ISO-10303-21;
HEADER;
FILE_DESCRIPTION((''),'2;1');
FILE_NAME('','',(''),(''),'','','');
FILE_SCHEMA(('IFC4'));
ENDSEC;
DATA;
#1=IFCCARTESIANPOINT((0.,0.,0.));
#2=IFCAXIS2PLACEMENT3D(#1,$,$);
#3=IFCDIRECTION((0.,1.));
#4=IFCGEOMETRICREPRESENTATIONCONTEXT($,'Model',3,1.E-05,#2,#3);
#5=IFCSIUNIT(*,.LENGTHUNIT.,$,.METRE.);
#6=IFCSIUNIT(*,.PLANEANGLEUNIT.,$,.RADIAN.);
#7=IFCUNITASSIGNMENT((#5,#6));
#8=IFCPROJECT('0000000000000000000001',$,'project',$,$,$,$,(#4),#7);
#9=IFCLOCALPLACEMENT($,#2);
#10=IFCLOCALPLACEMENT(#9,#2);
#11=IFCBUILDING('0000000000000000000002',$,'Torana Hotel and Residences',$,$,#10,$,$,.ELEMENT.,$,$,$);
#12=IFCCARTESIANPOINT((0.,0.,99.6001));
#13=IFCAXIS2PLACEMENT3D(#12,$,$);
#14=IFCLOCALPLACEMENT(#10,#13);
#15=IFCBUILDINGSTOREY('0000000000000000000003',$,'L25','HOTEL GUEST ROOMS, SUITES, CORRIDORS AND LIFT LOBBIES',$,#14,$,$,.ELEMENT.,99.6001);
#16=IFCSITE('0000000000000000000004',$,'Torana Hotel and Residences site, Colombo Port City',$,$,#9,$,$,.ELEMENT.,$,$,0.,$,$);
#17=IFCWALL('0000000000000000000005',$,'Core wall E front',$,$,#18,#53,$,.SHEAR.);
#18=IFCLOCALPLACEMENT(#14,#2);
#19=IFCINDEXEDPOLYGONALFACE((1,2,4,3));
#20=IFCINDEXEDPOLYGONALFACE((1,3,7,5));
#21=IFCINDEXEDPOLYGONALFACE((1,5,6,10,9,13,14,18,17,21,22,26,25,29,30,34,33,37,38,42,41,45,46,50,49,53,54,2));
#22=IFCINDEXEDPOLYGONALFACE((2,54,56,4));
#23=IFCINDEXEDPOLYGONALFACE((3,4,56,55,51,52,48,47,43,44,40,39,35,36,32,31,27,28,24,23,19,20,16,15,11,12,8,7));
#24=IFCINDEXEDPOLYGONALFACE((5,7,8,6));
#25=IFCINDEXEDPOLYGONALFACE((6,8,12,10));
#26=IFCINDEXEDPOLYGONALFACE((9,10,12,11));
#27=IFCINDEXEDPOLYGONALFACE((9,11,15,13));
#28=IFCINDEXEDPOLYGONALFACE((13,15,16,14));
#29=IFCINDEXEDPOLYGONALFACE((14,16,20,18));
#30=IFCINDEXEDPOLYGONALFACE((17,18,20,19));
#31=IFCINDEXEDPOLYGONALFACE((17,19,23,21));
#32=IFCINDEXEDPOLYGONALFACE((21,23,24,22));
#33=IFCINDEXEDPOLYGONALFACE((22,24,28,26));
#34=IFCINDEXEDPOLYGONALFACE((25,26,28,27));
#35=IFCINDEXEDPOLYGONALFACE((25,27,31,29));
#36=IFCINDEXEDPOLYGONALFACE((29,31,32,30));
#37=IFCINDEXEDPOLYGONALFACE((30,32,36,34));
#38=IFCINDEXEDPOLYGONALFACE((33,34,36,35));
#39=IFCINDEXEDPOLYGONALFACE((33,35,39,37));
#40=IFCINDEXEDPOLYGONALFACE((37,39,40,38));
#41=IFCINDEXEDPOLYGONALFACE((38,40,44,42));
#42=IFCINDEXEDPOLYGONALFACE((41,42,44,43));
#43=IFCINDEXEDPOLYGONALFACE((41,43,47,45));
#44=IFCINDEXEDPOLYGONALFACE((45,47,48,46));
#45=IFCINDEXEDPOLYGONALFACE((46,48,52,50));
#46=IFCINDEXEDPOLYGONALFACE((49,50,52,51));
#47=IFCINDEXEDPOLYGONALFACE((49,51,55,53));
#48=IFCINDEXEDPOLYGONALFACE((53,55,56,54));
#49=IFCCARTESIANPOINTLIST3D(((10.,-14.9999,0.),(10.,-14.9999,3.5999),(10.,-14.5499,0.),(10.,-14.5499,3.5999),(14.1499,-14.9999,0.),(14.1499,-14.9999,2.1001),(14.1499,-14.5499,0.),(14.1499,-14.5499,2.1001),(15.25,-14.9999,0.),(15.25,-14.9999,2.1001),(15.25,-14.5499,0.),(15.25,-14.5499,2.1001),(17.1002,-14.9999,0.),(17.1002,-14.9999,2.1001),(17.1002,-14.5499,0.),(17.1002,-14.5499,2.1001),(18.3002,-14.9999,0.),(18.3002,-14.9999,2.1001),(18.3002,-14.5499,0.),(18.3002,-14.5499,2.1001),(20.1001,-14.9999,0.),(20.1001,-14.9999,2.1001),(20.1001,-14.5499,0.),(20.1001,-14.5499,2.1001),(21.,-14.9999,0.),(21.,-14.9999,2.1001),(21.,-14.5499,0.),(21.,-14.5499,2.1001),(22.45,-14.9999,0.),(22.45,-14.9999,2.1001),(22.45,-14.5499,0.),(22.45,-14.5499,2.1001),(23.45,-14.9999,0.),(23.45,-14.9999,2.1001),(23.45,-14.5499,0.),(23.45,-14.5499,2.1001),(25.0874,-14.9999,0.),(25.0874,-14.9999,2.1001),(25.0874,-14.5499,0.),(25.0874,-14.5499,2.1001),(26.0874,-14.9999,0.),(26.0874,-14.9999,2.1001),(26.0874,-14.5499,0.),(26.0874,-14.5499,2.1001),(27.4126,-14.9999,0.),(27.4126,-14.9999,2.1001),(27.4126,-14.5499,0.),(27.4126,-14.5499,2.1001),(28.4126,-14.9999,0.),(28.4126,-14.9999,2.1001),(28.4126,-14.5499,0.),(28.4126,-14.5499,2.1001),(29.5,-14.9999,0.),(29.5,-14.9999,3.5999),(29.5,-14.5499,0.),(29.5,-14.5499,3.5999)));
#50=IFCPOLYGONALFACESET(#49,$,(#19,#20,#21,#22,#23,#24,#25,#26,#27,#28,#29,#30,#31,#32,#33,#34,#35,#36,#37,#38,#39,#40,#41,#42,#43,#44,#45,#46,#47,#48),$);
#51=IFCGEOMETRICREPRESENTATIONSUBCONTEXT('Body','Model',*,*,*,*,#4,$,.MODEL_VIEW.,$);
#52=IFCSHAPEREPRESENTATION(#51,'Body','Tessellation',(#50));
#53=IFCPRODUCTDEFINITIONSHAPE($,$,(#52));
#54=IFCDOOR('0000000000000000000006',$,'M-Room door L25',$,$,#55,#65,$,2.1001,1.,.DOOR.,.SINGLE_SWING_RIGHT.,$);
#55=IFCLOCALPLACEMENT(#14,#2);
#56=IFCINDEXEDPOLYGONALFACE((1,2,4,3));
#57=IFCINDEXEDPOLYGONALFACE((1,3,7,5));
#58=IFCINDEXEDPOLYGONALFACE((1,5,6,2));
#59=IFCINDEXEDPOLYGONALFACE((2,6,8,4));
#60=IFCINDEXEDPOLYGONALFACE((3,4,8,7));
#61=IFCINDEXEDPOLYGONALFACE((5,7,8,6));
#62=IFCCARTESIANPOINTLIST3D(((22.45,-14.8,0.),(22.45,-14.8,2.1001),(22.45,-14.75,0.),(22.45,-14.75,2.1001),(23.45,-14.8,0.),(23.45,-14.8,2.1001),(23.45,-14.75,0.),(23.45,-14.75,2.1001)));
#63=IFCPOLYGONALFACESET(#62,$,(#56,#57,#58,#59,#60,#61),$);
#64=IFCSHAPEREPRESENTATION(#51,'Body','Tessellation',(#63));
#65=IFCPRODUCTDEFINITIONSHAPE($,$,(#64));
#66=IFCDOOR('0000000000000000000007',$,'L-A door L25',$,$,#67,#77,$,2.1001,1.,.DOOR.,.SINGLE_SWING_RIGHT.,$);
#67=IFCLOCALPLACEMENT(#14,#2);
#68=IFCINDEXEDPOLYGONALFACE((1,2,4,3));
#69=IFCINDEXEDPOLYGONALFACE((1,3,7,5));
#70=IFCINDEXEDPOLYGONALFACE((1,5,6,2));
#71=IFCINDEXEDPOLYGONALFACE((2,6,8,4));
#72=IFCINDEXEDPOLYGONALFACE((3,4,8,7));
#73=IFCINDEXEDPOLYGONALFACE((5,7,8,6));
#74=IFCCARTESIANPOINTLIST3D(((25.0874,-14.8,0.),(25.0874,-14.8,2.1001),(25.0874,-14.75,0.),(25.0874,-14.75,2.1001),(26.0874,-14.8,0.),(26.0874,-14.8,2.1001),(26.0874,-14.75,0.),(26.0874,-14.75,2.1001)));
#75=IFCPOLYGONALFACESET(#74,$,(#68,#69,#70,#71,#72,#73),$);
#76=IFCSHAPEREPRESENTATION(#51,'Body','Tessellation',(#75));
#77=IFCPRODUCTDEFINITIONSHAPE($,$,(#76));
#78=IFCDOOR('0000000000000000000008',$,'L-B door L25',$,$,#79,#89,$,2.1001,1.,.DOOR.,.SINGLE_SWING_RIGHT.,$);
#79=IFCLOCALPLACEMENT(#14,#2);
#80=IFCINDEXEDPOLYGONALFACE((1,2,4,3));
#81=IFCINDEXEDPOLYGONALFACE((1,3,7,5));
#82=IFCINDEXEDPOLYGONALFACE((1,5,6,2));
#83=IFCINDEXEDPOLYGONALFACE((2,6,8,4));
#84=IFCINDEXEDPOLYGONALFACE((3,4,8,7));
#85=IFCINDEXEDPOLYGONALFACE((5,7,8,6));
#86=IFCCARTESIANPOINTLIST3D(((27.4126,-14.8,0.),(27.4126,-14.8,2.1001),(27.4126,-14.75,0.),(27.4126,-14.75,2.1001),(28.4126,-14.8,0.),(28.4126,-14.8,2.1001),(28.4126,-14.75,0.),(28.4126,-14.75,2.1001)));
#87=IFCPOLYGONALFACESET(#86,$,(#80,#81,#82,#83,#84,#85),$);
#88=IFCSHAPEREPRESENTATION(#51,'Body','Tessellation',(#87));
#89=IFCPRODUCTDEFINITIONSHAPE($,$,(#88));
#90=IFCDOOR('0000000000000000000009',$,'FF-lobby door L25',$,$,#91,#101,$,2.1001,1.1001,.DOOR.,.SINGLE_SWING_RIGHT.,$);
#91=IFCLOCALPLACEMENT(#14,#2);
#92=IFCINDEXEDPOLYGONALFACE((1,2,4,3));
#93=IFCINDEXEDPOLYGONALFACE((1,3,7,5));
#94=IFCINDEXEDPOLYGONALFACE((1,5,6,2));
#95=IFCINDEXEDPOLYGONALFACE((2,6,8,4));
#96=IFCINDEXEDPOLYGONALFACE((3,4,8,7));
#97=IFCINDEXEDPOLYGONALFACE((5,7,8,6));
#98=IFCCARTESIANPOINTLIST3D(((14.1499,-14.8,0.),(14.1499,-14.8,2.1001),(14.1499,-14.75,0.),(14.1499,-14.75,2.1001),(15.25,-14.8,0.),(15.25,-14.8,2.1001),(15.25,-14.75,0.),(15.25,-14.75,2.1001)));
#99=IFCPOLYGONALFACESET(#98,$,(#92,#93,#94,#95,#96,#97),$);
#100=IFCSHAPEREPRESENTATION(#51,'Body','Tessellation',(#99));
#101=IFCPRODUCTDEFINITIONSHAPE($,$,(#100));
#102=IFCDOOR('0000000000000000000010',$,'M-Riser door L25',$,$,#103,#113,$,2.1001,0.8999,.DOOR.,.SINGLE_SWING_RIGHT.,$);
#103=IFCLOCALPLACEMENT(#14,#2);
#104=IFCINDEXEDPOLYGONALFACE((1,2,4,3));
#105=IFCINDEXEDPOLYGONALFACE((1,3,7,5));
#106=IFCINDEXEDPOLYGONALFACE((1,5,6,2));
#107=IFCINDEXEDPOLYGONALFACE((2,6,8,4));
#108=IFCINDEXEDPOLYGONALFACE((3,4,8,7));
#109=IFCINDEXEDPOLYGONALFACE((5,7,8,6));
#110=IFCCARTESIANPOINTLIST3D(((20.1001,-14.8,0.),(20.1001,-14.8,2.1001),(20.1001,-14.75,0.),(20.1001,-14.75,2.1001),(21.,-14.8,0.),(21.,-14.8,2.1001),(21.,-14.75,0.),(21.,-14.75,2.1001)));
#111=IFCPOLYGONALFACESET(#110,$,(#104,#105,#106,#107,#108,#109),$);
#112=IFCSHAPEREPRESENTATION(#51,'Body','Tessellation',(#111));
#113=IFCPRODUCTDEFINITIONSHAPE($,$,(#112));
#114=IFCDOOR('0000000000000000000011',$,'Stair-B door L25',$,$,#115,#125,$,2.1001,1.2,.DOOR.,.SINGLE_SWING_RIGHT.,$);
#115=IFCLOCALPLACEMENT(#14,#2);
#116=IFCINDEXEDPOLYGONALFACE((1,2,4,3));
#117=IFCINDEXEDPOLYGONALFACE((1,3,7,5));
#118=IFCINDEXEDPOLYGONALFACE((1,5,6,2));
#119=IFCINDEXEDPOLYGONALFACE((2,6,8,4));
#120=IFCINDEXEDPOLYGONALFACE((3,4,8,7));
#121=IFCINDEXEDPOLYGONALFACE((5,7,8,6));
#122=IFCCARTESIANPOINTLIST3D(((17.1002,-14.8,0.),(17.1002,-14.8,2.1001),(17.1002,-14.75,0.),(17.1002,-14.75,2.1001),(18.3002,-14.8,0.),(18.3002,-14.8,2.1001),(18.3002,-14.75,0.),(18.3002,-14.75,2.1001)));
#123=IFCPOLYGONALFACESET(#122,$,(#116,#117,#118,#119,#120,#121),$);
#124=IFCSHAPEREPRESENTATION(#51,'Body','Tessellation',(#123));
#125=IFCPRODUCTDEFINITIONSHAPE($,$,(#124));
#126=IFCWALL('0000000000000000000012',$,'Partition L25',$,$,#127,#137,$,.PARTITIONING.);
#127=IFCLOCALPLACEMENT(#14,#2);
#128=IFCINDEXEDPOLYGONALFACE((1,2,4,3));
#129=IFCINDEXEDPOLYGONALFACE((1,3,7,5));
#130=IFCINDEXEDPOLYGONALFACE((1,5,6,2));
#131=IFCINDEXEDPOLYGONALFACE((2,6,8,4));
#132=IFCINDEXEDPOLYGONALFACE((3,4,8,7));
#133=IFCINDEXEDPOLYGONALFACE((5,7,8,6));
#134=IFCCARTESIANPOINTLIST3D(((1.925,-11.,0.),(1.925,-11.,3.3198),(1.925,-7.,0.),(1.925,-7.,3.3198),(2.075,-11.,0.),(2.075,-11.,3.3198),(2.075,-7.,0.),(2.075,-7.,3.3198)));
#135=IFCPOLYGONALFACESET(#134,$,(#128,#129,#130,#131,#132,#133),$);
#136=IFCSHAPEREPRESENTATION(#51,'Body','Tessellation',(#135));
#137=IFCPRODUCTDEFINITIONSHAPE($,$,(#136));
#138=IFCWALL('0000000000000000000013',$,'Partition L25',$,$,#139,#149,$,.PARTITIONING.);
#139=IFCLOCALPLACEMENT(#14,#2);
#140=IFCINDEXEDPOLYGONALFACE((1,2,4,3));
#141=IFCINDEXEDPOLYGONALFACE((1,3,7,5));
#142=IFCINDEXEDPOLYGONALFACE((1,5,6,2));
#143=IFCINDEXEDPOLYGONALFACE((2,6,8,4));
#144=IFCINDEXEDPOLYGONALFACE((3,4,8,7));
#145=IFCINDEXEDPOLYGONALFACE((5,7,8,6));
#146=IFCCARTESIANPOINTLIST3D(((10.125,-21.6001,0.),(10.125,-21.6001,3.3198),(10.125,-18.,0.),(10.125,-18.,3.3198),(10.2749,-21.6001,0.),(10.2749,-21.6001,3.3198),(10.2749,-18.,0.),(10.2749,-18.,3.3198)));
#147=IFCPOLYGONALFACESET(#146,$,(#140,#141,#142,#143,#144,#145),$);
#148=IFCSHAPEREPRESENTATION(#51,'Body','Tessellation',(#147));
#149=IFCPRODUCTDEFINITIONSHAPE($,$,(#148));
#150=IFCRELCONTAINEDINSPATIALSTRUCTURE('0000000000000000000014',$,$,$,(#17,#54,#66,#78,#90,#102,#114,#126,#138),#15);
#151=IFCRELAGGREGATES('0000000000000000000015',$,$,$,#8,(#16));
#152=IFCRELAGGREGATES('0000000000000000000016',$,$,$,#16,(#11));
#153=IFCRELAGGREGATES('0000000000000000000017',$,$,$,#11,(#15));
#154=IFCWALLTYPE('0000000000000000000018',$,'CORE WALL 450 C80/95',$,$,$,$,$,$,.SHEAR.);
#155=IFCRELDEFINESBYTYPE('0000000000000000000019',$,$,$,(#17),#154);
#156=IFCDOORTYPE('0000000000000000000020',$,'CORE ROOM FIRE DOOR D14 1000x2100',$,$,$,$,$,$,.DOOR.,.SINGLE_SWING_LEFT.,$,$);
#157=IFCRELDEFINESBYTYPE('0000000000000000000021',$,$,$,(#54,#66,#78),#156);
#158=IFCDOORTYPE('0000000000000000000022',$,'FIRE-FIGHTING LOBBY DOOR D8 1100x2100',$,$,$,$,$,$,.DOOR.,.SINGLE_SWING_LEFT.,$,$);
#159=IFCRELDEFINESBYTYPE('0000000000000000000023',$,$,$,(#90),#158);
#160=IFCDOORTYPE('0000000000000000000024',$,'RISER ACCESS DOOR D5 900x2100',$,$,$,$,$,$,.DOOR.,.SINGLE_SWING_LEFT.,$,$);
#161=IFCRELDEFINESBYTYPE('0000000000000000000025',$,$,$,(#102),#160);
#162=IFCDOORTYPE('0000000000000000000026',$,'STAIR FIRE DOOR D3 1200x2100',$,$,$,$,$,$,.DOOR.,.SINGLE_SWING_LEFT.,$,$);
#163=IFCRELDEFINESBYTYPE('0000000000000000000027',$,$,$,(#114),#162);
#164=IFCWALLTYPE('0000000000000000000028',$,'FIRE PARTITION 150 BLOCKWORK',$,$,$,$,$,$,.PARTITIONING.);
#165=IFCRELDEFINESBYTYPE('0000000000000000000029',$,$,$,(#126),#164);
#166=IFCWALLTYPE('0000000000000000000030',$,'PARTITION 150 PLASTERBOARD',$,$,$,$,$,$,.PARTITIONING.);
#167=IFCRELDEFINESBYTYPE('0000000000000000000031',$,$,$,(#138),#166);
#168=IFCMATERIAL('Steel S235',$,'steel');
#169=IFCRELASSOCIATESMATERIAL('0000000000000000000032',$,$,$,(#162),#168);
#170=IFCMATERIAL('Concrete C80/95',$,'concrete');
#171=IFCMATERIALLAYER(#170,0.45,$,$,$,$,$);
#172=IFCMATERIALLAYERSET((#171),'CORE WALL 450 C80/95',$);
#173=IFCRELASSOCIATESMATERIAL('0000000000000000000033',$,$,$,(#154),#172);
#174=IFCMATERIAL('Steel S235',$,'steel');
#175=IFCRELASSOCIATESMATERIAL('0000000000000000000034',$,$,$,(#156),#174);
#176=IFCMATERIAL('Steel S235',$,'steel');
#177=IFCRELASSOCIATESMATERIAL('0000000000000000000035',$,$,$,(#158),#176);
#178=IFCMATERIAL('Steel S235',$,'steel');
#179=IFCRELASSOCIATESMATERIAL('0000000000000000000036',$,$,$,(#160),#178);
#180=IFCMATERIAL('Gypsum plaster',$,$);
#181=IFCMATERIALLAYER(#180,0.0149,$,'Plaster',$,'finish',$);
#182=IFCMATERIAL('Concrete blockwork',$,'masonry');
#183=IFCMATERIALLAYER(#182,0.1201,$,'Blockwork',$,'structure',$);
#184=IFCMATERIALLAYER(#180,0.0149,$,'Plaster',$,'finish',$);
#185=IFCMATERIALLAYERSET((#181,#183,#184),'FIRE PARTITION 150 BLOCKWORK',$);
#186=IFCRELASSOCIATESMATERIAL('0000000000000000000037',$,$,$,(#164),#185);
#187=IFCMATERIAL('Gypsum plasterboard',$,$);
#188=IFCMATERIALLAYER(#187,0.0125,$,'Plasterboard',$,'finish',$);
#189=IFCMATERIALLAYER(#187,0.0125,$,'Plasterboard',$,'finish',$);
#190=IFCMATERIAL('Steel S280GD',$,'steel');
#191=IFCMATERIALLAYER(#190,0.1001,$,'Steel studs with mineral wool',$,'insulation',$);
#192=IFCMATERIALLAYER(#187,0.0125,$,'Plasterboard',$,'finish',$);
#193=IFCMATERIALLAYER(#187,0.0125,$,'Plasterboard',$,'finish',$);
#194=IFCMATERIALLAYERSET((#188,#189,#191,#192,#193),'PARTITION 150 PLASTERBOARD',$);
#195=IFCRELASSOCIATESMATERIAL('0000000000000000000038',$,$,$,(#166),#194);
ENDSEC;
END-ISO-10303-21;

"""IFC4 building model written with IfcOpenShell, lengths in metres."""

from ifc_helpers import new_model, si_unit, direction, frame, frame_2d, origin, place, context, subcontext, project, spatial, rectangle, extrude, material, layer, layer_set, type_object, element, fill, save


model = new_model("IFC4")

# Units and contexts
model_context = context("Model", 3, precision=1e-05, world=origin(), true_north=direction((0.0, 1.0)))
body_context = subcontext(model_context, "Body", "Model", "MODEL_VIEW")
ifc_project = project(units=[si_unit("LENGTHUNIT", "METRE"), si_unit("PLANEANGLEUNIT", "RADIAN")], contexts=[model_context])

# Site, building, storey
site_placement = place(None, origin())
site = spatial("IfcSite", under=ifc_project, at=site_placement, Name="Torana Hotel and Residences site, Colombo Port City", CompositionType="ELEMENT", RefElevation=0.0)
building_placement = place(site_placement, origin())
building = spatial("IfcBuilding", under=site, at=building_placement, Name="Torana Hotel and Residences", CompositionType="ELEMENT")
storey_placement = place(building_placement, frame((0.0, 0.0, 99.6001)))
storey = spatial("IfcBuildingStorey", under=building, at=storey_placement, Name="L25", Description="HOTEL GUEST ROOMS, SUITES, CORRIDORS AND LIFT LOBBIES", CompositionType="ELEMENT", Elevation=99.6001)

# Wall, openings, doors
ifc_material_1 = material(Name="Steel S235", Category="steel")
door_type_1 = type_object("IfcDoorType", Name="STAIR FIRE DOOR D3 1200x2100", OperationType="SINGLE_SWING_LEFT", PredefinedType="DOOR", material=ifc_material_1)
ifc_material_2 = material(Name="Concrete C80/95", Category="concrete")
ifc_layer_1 = layer(ifc_material_2, 0.45)
ifc_layer_set_1 = layer_set([ifc_layer_1], Name="CORE WALL 450 C80/95")
wall_type_1 = type_object("IfcWallType", Name="CORE WALL 450 C80/95", PredefinedType="SHEAR", material=ifc_layer_set_1)
wall_1_placement = place(storey_placement, frame((10.0, -14.7749, 0.0), z_axis=(0.0, 0.0, 1.0), x_axis=(1.0, 0.0, 0.0)))
wall_1 = element("IfcWall", 1, at=wall_1_placement, inside=storey, type_object=wall_type_1, Name="Core wall E front", PredefinedType="SHEAR", context=body_context, shape_type="SweptSolid", body=[
    extrude(rectangle(XDim=19.5, YDim=0.45, at=frame_2d((9.75, 0.0))), origin(), (0.0, 0.0, 1.0), 3.5999),
])
opening_1_placement = place(wall_1_placement, frame((7.1001, 0.0, 0.0)))
opening_1 = element("IfcOpeningElement", 2, at=opening_1_placement, cuts=wall_1, PredefinedType="OPENING", context=body_context, shape_type="SweptSolid", body=[
    extrude(rectangle(XDim=1.2, YDim=2.1001, at=frame_2d((0.6001, 1.05))), frame((0.0, 0.2349, 0.0), z_axis=(0.0, -1.0, 0.0), x_axis=(1.0, 0.0, 0.0)), (0.0, 0.0, 1.0), 0.47),
])
opening_2_placement = place(wall_1_placement, frame((4.1499, 0.0, 0.0)))
opening_2 = element("IfcOpeningElement", 3, at=opening_2_placement, cuts=wall_1, PredefinedType="OPENING", context=body_context, shape_type="SweptSolid", body=[
    extrude(rectangle(XDim=1.1001, YDim=2.1001, at=frame_2d((0.55, 1.05))), frame((0.0, 0.2349, 0.0), z_axis=(0.0, -1.0, 0.0), x_axis=(1.0, 0.0, 0.0)), (0.0, 0.0, 1.0), 0.47),
])
opening_3_placement = place(wall_1_placement, frame((10.1001, 0.0, 0.0)))
opening_3 = element("IfcOpeningElement", 4, at=opening_3_placement, cuts=wall_1, PredefinedType="OPENING", context=body_context, shape_type="SweptSolid", body=[
    extrude(rectangle(XDim=0.8999, YDim=2.1001, at=frame_2d((0.45, 1.05))), frame((0.0, 0.2349, 0.0), z_axis=(0.0, -1.0, 0.0), x_axis=(1.0, 0.0, 0.0)), (0.0, 0.0, 1.0), 0.47),
])
opening_4_placement = place(wall_1_placement, frame((12.45, 0.0, 0.0)))
opening_4 = element("IfcOpeningElement", 5, at=opening_4_placement, cuts=wall_1, PredefinedType="OPENING", context=body_context, shape_type="SweptSolid", body=[
    extrude(rectangle(XDim=1.0, YDim=2.1001, at=frame_2d((0.5, 1.05))), frame((0.0, 0.2349, 0.0), z_axis=(0.0, -1.0, 0.0), x_axis=(1.0, 0.0, 0.0)), (0.0, 0.0, 1.0), 0.47),
])
opening_5_placement = place(wall_1_placement, frame((15.0874, 0.0, 0.0)))
opening_5 = element("IfcOpeningElement", 6, at=opening_5_placement, cuts=wall_1, PredefinedType="OPENING", context=body_context, shape_type="SweptSolid", body=[
    extrude(rectangle(XDim=1.0, YDim=2.1001, at=frame_2d((0.5, 1.05))), frame((0.0, 0.2349, 0.0), z_axis=(0.0, -1.0, 0.0), x_axis=(1.0, 0.0, 0.0)), (0.0, 0.0, 1.0), 0.47),
])
opening_6_placement = place(wall_1_placement, frame((17.4126, 0.0, 0.0)))
opening_6 = element("IfcOpeningElement", 7, at=opening_6_placement, cuts=wall_1, PredefinedType="OPENING", context=body_context, shape_type="SweptSolid", body=[
    extrude(rectangle(XDim=1.0, YDim=2.1001, at=frame_2d((0.5, 1.05))), frame((0.0, 0.2349, 0.0), z_axis=(0.0, -1.0, 0.0), x_axis=(1.0, 0.0, 0.0)), (0.0, 0.0, 1.0), 0.47),
])
ifc_material_3 = material(Name="Steel S235", Category="steel")
door_type_2 = type_object("IfcDoorType", Name="CORE ROOM FIRE DOOR D14 1000x2100", OperationType="SINGLE_SWING_LEFT", PredefinedType="DOOR", material=ifc_material_3)
door_1_placement = place(opening_4_placement, origin())
door_1 = element("IfcDoor", 8, at=door_1_placement, inside=storey, type_object=door_type_2, Name="M-Room door L25", OperationType="SINGLE_SWING_RIGHT", OverallHeight=2.1001, OverallWidth=1.0, PredefinedType="DOOR", context=body_context, shape_type="SweptSolid", body=[
    extrude(rectangle(XDim=1.0, YDim=2.1001, at=frame_2d((0.5, 1.05))), frame((0.0, 0.0249, 0.0), z_axis=(0.0, -1.0, 0.0), x_axis=(1.0, 0.0, 0.0)), (0.0, 0.0, 1.0), 0.05),
])
fill(opening_4, door_1)
door_2_placement = place(opening_5_placement, origin())
door_2 = element("IfcDoor", 9, at=door_2_placement, inside=storey, type_object=door_type_2, Name="L-A door L25", OperationType="SINGLE_SWING_RIGHT", OverallHeight=2.1001, OverallWidth=1.0, PredefinedType="DOOR", context=body_context, shape_type="SweptSolid", body=[
    extrude(rectangle(XDim=1.0, YDim=2.1001, at=frame_2d((0.5, 1.05))), frame((0.0, 0.0249, 0.0), z_axis=(0.0, -1.0, 0.0), x_axis=(1.0, 0.0, 0.0)), (0.0, 0.0, 1.0), 0.05),
])
fill(opening_5, door_2)
door_3_placement = place(opening_6_placement, origin())
door_3 = element("IfcDoor", 10, at=door_3_placement, inside=storey, type_object=door_type_2, Name="L-B door L25", OperationType="SINGLE_SWING_RIGHT", OverallHeight=2.1001, OverallWidth=1.0, PredefinedType="DOOR", context=body_context, shape_type="SweptSolid", body=[
    extrude(rectangle(XDim=1.0, YDim=2.1001, at=frame_2d((0.5, 1.05))), frame((0.0, 0.0249, 0.0), z_axis=(0.0, -1.0, 0.0), x_axis=(1.0, 0.0, 0.0)), (0.0, 0.0, 1.0), 0.05),
])
fill(opening_6, door_3)
ifc_material_4 = material(Name="Steel S235", Category="steel")
door_type_3 = type_object("IfcDoorType", Name="FIRE-FIGHTING LOBBY DOOR D8 1100x2100", OperationType="SINGLE_SWING_LEFT", PredefinedType="DOOR", material=ifc_material_4)
door_4_placement = place(opening_2_placement, origin())
door_4 = element("IfcDoor", 11, at=door_4_placement, inside=storey, type_object=door_type_3, Name="FF-lobby door L25", OperationType="SINGLE_SWING_RIGHT", OverallHeight=2.1001, OverallWidth=1.1001, PredefinedType="DOOR", context=body_context, shape_type="SweptSolid", body=[
    extrude(rectangle(XDim=1.1001, YDim=2.1001, at=frame_2d((0.55, 1.05))), frame((0.0, 0.0249, 0.0), z_axis=(0.0, -1.0, 0.0), x_axis=(1.0, 0.0, 0.0)), (0.0, 0.0, 1.0), 0.05),
])
fill(opening_2, door_4)
ifc_material_5 = material(Name="Steel S235", Category="steel")
door_type_4 = type_object("IfcDoorType", Name="RISER ACCESS DOOR D5 900x2100", OperationType="SINGLE_SWING_LEFT", PredefinedType="DOOR", material=ifc_material_5)
door_5_placement = place(opening_3_placement, origin())
door_5 = element("IfcDoor", 12, at=door_5_placement, inside=storey, type_object=door_type_4, Name="M-Riser door L25", OperationType="SINGLE_SWING_RIGHT", OverallHeight=2.1001, OverallWidth=0.8999, PredefinedType="DOOR", context=body_context, shape_type="SweptSolid", body=[
    extrude(rectangle(XDim=0.8999, YDim=2.1001, at=frame_2d((0.45, 1.05))), frame((0.0, 0.0249, 0.0), z_axis=(0.0, -1.0, 0.0), x_axis=(1.0, 0.0, 0.0)), (0.0, 0.0, 1.0), 0.05),
])
fill(opening_3, door_5)
door_6_placement = place(opening_1_placement, origin())
door_6 = element("IfcDoor", 13, at=door_6_placement, inside=storey, type_object=door_type_1, Name="Stair-B door L25", OperationType="SINGLE_SWING_RIGHT", OverallHeight=2.1001, OverallWidth=1.2, PredefinedType="DOOR", context=body_context, shape_type="SweptSolid", body=[
    extrude(rectangle(XDim=1.2, YDim=2.1001, at=frame_2d((0.6001, 1.05))), frame((0.0, 0.0249, 0.0), z_axis=(0.0, -1.0, 0.0), x_axis=(1.0, 0.0, 0.0)), (0.0, 0.0, 1.0), 0.05),
])
fill(opening_1, door_6)

# Walls
ifc_material_6 = material(Name="Gypsum plaster")
ifc_layer_2 = layer(ifc_material_6, 0.0149, Name="Plaster", Category="finish")
ifc_material_7 = material(Name="Concrete blockwork", Category="masonry")
ifc_layer_3 = layer(ifc_material_7, 0.1201, Name="Blockwork", Category="structure")
ifc_layer_4 = layer(ifc_material_6, 0.0149, Name="Plaster", Category="finish")
ifc_layer_set_2 = layer_set([ifc_layer_2, ifc_layer_3, ifc_layer_4], Name="FIRE PARTITION 150 BLOCKWORK")
wall_type_2 = type_object("IfcWallType", Name="FIRE PARTITION 150 BLOCKWORK", PredefinedType="PARTITIONING", material=ifc_layer_set_2)
wall_2_placement = place(storey_placement, frame((2.0, -11.0, 0.0), z_axis=(0.0, 0.0, 1.0), x_axis=(0.0, 1.0, 0.0)))
element("IfcWall", 14, at=wall_2_placement, inside=storey, type_object=wall_type_2, Name="Partition L25", PredefinedType="PARTITIONING", context=body_context, shape_type="SweptSolid", body=[
    extrude(rectangle(XDim=4.0, YDim=0.1499, at=frame_2d((2.0, 0.0))), origin(), (0.0, 0.0, 1.0), 3.3198),
])
ifc_material_8 = material(Name="Gypsum plasterboard")
ifc_layer_5 = layer(ifc_material_8, 0.0125, Name="Plasterboard", Category="finish")
ifc_layer_6 = layer(ifc_material_8, 0.0125, Name="Plasterboard", Category="finish")
ifc_material_9 = material(Name="Steel S280GD", Category="steel")
ifc_layer_7 = layer(ifc_material_9, 0.1001, Name="Steel studs with mineral wool", Category="insulation")
ifc_layer_8 = layer(ifc_material_8, 0.0125, Name="Plasterboard", Category="finish")
ifc_layer_9 = layer(ifc_material_8, 0.0125, Name="Plasterboard", Category="finish")
ifc_layer_set_3 = layer_set([ifc_layer_5, ifc_layer_6, ifc_layer_7, ifc_layer_8, ifc_layer_9], Name="PARTITION 150 PLASTERBOARD")
wall_type_3 = type_object("IfcWallType", Name="PARTITION 150 PLASTERBOARD", PredefinedType="PARTITIONING", material=ifc_layer_set_3)
for number, where, z_axis, x_axis, name in (
    (15, (10.2, -21.6001, 0.0), (0.0, 0.0, 1.0), (0.0, 1.0, 0.0), "Partition L25"),
):
    element("IfcWall", number, at=place(storey_placement, frame(where, z_axis=z_axis, x_axis=x_axis)), inside=storey, type_object=wall_type_3, Name=name, PredefinedType="PARTITIONING", context=body_context, shape_type="SweptSolid", body=[
        extrude(rectangle(XDim=3.6001, YDim=0.1499, at=frame_2d((1.8, 0.0))), origin(), (0.0, 0.0, 1.0), 3.3198),
    ])

save(model, "model.ifc")
